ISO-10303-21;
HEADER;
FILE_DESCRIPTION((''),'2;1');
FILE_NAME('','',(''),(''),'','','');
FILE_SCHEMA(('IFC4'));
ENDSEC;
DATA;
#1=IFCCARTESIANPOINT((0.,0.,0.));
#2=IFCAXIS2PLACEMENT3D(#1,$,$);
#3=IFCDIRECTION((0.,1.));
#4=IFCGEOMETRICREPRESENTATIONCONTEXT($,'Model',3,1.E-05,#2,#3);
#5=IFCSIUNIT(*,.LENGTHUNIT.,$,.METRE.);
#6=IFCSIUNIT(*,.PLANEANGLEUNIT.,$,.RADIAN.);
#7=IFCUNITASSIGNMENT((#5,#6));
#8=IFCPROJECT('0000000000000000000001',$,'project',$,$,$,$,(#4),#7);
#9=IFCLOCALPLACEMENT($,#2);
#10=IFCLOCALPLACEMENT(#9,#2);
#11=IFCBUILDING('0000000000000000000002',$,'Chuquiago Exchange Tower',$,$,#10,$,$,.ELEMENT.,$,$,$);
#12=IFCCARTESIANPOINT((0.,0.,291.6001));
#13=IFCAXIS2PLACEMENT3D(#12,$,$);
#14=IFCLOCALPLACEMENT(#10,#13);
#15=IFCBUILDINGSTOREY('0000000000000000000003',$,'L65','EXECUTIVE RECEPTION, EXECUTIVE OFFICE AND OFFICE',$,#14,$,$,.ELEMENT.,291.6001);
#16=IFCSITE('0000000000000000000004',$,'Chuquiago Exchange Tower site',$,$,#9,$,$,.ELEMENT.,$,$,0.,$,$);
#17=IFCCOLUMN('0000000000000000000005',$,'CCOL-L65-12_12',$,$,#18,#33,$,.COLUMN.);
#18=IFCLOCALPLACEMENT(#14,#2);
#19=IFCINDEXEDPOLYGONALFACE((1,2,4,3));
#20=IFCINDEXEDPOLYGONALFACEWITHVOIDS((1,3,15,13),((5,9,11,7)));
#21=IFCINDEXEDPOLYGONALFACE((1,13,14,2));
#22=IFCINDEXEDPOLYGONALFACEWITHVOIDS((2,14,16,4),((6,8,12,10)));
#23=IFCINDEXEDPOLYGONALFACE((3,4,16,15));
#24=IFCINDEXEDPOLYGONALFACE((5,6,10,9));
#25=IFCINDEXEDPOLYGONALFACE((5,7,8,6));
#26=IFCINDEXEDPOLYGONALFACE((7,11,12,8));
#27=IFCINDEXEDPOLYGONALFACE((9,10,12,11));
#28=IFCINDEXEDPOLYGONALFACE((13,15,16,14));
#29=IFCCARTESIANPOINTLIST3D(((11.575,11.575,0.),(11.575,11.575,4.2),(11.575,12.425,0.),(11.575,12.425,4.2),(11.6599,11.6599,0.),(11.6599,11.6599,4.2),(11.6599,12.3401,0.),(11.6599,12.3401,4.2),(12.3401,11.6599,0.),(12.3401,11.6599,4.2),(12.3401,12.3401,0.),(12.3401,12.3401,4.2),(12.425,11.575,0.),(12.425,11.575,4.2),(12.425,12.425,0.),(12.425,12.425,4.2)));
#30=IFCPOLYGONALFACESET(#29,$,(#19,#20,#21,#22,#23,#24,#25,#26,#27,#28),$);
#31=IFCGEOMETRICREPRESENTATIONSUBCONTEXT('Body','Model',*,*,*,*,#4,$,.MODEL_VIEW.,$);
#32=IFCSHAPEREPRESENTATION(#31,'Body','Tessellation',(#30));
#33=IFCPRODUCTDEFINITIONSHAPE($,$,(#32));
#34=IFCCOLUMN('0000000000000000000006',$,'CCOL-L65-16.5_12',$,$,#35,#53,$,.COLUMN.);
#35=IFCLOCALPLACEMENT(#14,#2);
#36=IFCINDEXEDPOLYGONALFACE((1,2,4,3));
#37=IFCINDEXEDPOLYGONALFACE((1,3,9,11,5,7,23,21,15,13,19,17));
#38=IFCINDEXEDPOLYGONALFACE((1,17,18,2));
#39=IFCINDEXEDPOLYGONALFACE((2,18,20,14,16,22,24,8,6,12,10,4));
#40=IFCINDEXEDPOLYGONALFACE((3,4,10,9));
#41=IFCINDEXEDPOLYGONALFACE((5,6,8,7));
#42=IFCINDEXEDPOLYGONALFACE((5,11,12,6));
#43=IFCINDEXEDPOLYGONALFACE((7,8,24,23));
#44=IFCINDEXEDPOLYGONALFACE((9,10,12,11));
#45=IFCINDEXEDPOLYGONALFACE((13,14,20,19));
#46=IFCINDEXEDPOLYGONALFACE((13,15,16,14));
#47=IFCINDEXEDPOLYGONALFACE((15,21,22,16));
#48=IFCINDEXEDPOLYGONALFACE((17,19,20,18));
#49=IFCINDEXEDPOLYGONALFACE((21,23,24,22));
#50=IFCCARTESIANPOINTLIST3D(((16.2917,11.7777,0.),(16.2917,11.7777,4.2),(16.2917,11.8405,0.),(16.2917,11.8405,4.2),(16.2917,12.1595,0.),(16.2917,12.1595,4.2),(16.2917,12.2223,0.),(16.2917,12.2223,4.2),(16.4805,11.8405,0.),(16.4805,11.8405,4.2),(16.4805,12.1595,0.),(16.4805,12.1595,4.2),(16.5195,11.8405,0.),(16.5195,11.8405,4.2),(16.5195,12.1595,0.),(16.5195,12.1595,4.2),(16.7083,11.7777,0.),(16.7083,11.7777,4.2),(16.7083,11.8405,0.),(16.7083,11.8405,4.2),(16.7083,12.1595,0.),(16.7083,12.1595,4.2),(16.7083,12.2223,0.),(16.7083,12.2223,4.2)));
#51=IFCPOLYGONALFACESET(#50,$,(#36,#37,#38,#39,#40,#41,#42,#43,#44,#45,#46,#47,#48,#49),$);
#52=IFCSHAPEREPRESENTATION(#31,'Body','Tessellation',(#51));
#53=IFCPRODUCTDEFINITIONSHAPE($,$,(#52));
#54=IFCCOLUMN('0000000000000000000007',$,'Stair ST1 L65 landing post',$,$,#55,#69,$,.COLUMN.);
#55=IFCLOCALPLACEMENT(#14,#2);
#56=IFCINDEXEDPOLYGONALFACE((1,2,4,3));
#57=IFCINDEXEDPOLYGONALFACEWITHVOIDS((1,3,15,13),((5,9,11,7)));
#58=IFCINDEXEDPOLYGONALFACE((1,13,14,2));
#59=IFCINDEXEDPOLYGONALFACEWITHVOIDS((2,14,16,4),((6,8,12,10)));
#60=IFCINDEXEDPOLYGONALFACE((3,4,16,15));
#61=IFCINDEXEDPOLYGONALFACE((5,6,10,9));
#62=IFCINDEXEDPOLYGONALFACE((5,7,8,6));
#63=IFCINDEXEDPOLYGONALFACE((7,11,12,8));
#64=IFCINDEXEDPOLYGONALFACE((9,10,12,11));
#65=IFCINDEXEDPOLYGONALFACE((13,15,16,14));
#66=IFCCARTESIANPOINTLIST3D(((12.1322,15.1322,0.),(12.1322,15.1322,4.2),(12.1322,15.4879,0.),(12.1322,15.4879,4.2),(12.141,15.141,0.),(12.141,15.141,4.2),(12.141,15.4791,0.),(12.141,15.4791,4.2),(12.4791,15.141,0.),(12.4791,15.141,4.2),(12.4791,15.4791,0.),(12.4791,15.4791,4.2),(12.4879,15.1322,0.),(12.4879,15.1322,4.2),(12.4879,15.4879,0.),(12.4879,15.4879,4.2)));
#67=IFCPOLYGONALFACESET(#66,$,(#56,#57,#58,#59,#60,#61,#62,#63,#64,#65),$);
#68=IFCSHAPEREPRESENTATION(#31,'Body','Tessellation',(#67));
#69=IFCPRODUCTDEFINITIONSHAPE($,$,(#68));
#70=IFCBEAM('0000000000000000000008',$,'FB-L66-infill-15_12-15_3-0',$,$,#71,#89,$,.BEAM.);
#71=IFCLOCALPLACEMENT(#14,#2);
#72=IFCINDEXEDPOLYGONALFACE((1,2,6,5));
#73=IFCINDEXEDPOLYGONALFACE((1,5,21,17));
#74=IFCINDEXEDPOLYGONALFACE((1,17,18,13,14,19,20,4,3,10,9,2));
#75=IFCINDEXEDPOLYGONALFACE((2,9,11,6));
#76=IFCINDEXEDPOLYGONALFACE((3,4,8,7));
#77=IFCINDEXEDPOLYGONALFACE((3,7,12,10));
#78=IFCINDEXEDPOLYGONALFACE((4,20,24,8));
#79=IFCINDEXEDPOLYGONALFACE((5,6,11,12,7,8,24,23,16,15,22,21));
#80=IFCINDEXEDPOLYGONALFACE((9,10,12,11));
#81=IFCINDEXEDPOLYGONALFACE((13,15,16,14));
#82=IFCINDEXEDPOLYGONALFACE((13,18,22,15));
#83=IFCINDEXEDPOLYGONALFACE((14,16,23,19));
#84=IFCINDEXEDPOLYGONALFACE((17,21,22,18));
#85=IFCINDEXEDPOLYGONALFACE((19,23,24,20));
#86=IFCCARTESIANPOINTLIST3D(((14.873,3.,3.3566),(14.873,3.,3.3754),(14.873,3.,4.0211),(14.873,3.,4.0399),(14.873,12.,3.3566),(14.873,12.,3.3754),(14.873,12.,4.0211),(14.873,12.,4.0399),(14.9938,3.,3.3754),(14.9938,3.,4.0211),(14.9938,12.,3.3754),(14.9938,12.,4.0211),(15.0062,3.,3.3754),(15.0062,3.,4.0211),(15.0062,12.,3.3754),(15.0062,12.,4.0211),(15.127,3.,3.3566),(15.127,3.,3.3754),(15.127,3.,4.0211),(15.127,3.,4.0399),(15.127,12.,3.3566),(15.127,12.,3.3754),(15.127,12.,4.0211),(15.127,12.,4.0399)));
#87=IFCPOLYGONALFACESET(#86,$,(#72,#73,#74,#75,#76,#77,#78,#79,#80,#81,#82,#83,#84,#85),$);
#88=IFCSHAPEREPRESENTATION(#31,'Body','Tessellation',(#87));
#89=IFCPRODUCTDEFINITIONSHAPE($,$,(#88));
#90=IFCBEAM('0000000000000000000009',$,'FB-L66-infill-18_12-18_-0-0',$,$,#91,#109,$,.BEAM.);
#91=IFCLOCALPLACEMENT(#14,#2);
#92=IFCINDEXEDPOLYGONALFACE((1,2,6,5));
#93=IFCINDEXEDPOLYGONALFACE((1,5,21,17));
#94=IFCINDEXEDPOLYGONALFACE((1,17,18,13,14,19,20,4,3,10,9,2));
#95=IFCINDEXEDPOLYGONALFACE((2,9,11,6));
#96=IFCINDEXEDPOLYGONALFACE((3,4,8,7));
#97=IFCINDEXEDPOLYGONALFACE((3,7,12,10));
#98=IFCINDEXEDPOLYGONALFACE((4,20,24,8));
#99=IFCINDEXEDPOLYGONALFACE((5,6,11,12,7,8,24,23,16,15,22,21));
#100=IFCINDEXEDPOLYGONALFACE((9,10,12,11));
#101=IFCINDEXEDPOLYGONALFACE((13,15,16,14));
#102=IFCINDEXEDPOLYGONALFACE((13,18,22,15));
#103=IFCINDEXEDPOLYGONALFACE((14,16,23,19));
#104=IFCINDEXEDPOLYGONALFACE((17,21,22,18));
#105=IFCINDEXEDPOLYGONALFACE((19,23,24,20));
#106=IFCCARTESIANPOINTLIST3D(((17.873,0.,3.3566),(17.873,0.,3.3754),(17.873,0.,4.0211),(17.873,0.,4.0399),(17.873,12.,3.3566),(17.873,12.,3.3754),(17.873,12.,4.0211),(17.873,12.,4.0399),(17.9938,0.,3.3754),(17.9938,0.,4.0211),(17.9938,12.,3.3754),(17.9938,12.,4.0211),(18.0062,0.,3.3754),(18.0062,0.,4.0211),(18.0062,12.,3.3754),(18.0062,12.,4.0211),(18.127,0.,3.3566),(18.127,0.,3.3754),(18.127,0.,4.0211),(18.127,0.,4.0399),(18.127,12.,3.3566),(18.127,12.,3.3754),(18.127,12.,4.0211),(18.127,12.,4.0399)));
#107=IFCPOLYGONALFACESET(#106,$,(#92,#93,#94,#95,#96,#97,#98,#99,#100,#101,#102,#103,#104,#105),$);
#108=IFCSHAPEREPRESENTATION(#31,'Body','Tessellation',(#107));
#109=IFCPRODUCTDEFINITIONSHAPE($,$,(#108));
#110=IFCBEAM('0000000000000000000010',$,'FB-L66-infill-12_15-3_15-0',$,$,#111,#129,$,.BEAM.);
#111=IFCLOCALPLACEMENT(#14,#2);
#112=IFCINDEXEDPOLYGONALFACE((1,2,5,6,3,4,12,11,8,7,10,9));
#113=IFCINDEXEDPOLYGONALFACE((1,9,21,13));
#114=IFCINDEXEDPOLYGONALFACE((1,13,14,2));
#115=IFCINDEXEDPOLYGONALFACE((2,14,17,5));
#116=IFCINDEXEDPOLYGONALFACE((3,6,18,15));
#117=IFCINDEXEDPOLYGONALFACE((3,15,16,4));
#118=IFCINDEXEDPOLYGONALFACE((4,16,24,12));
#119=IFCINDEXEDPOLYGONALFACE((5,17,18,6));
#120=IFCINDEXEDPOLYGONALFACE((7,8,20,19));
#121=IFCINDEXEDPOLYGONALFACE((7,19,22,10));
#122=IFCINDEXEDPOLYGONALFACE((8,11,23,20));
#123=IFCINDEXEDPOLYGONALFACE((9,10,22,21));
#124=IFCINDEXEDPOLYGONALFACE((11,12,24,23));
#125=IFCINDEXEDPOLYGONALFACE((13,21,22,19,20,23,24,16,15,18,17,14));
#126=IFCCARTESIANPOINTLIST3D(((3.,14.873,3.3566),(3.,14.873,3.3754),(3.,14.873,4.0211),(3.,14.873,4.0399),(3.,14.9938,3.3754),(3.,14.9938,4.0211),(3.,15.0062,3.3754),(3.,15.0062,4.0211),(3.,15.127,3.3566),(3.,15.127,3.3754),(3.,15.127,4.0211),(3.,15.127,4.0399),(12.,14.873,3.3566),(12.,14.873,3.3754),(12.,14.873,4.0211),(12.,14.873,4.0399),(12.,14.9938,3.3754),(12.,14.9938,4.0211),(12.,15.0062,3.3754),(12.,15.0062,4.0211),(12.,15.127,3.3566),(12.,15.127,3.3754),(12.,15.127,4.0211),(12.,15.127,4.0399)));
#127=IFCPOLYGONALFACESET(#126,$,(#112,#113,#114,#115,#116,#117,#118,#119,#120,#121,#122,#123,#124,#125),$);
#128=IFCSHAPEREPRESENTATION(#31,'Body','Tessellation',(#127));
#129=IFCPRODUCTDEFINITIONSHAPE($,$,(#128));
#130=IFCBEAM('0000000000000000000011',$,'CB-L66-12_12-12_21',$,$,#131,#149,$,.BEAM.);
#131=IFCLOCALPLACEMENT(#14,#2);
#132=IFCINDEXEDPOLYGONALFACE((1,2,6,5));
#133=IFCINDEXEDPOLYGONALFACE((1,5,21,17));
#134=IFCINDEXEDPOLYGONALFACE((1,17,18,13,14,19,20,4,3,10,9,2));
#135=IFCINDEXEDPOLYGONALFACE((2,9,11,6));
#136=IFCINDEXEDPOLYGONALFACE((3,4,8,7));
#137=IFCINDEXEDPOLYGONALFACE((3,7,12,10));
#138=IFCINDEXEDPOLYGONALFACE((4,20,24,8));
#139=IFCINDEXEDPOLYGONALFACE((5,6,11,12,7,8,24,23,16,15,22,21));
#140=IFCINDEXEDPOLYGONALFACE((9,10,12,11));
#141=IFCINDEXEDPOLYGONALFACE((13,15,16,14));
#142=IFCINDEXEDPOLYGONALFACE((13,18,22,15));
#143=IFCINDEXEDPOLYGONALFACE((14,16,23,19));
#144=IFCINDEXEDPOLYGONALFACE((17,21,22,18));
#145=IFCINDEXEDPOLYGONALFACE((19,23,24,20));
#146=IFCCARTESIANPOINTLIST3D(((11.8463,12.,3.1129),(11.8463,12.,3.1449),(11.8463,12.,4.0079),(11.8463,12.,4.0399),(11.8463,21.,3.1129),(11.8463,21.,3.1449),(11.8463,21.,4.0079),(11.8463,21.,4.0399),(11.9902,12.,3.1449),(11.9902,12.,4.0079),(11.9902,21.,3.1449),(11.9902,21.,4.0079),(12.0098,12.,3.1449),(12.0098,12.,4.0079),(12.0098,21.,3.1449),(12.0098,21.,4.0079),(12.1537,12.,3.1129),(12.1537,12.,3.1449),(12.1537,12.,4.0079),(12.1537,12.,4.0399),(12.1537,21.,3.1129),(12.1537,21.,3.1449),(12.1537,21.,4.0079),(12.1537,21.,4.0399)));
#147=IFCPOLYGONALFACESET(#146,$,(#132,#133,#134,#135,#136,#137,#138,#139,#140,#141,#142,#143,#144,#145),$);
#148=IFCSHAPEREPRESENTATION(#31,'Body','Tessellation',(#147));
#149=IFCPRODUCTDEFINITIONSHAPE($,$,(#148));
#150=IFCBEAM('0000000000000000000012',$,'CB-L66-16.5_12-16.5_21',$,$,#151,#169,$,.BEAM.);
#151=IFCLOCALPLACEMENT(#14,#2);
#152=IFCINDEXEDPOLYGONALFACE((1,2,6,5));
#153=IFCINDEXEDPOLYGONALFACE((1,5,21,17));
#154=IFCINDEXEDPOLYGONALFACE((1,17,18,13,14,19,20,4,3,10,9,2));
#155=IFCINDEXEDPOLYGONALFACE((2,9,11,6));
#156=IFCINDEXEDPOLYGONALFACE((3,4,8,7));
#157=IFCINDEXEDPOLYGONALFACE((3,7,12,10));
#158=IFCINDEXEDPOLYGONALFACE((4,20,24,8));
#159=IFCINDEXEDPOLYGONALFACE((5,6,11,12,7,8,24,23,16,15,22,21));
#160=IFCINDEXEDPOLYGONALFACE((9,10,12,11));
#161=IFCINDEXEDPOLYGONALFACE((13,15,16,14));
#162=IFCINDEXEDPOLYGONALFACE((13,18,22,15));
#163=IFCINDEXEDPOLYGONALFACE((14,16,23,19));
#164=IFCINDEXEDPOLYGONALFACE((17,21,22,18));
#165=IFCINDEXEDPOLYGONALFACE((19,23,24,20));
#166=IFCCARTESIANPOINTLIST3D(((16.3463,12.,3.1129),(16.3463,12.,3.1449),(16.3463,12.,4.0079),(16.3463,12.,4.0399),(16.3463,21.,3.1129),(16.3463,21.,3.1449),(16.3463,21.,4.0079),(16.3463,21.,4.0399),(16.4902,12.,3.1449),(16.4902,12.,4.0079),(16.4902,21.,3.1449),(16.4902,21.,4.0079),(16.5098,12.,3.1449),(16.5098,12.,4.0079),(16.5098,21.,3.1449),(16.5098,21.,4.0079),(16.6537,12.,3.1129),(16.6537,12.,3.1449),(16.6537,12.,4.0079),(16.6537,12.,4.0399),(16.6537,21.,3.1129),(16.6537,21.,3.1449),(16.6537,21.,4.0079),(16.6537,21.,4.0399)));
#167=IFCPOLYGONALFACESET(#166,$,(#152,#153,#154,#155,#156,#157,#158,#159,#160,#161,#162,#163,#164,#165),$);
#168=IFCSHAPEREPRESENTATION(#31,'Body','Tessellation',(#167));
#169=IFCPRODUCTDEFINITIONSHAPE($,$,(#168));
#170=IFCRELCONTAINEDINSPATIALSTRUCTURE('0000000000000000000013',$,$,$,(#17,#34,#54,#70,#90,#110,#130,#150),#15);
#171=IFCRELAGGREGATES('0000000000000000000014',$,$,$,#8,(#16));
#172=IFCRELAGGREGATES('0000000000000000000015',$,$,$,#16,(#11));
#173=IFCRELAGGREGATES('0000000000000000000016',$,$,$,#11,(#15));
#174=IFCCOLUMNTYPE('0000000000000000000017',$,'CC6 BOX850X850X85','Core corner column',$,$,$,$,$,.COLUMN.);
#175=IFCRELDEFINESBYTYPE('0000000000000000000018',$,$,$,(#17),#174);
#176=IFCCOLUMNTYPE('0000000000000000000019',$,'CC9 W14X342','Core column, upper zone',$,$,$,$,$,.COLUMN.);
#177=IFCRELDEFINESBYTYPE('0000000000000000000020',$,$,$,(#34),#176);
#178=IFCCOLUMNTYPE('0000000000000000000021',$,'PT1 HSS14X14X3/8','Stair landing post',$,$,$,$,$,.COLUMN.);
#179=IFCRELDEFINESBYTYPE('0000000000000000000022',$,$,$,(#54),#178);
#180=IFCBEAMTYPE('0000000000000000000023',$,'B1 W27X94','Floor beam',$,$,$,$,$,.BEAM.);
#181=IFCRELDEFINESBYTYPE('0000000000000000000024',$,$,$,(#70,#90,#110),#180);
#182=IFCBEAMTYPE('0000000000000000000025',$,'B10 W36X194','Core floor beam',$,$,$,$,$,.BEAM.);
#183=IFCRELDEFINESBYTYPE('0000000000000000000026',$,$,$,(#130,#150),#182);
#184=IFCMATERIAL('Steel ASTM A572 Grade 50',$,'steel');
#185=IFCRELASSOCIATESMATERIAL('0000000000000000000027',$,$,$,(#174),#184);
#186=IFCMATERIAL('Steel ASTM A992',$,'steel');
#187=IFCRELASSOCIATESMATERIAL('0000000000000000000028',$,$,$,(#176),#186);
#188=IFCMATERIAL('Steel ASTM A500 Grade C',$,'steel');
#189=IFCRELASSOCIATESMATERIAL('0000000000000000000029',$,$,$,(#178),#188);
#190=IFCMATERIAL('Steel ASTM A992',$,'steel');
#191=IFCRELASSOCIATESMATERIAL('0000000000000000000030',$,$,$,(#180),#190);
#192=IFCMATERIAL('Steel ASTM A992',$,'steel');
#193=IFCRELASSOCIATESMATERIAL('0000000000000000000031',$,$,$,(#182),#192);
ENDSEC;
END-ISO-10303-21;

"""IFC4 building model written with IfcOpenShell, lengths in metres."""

from ifc_helpers import new_model, si_unit, direction, frame, origin, origin_2d, place, context, subcontext, project, spatial, hollow_rectangle, i_section, extrude, material, material_profile, profile_set, type_object, element, save


model = new_model("IFC4")

# Units and contexts
model_context = context("Model", 3, precision=1e-05, world=origin(), true_north=direction((0.0, 1.0)))
body_context = subcontext(model_context, "Body", "Model", "MODEL_VIEW")
ifc_project = project(units=[si_unit("LENGTHUNIT", "METRE"), si_unit("PLANEANGLEUNIT", "RADIAN")], contexts=[model_context])

# Site, building, storey
site_placement = place(None, origin())
site = spatial("IfcSite", under=ifc_project, at=site_placement, Name="Chuquiago Exchange Tower site", CompositionType="ELEMENT", RefElevation=0.0)
building_placement = place(site_placement, origin())
building = spatial("IfcBuilding", under=site, at=building_placement, Name="Chuquiago Exchange Tower", CompositionType="ELEMENT")
storey_placement = place(building_placement, frame((0.0, 0.0, 291.6001)))
storey = spatial("IfcBuildingStorey", under=building, at=storey_placement, Name="L65", Description="EXECUTIVE RECEPTION, EXECUTIVE OFFICE AND OFFICE", CompositionType="ELEMENT", Elevation=291.6001)

# Columns
ifc_material_1 = material(Name="Steel ASTM A572 Grade 50", Category="steel")
ifc_material_profile_1 = material_profile(ifc_material_1, hollow_rectangle(XDim=0.8501, YDim=0.8501, WallThickness=0.085, at=origin_2d()), Name="BOX850X850X85")
ifc_profile_set_1 = profile_set([ifc_material_profile_1], Name="Steel ASTM A572 Grade 50")
column_type_1 = type_object("IfcColumnType", Name="CC6 BOX850X850X85", Description="Core corner column", PredefinedType="COLUMN", material=ifc_profile_set_1)
column_1_placement = place(storey_placement, frame((12.0, 12.0, 0.0), z_axis=(0.0, 0.0, 1.0), x_axis=(1.0, 0.0, 0.0)))
element("IfcColumn", 1, at=column_1_placement, inside=storey, type_object=column_type_1, Name="CCOL-L65-12_12", PredefinedType="COLUMN", context=body_context, shape_type="SweptSolid", body=[
    extrude(hollow_rectangle(XDim=0.8501, YDim=0.8501, WallThickness=0.085, at=origin_2d()), origin(), (0.0, 0.0, 1.0), 4.2),
])
ifc_material_2 = material(Name="Steel ASTM A992", Category="steel")
ifc_material_profile_2 = material_profile(ifc_material_2, i_section(OverallWidth=0.4165, OverallDepth=0.4446, WebThickness=0.0391, FlangeThickness=0.0627, at=origin_2d()), Name="W14X342")
ifc_profile_set_2 = profile_set([ifc_material_profile_2], Name="Steel ASTM A992")
column_type_2 = type_object("IfcColumnType", Name="CC9 W14X342", Description="Core column, upper zone", PredefinedType="COLUMN", material=ifc_profile_set_2)
column_2_placement = place(storey_placement, frame((16.5, 12.0, 0.0), z_axis=(0.0, 0.0, 1.0), x_axis=(1.0, 0.0, 0.0)))
element("IfcColumn", 2, at=column_2_placement, inside=storey, type_object=column_type_2, Name="CCOL-L65-16.5_12", PredefinedType="COLUMN", context=body_context, shape_type="SweptSolid", body=[
    extrude(i_section(OverallWidth=0.4165, OverallDepth=0.4446, WebThickness=0.0391, FlangeThickness=0.0627, at=origin_2d()), origin(), (0.0, 0.0, 1.0), 4.2),
])
ifc_material_3 = material(Name="Steel ASTM A500 Grade C", Category="steel")
ifc_material_profile_3 = material_profile(ifc_material_3, hollow_rectangle(XDim=0.3557, YDim=0.3557, WallThickness=0.0088, at=origin_2d()), Name="HSS14X14X3/8")
ifc_profile_set_3 = profile_set([ifc_material_profile_3], Name="Steel ASTM A500 Grade C")
column_type_3 = type_object("IfcColumnType", Name="PT1 HSS14X14X3/8", Description="Stair landing post", PredefinedType="COLUMN", material=ifc_profile_set_3)
column_3_placement = place(storey_placement, frame((12.3101, 15.3101, 0.0), z_axis=(0.0, 0.0, 1.0), x_axis=(1.0, 0.0, 0.0)))
element("IfcColumn", 3, at=column_3_placement, inside=storey, type_object=column_type_3, Name="Stair ST1 L65 landing post", PredefinedType="COLUMN", context=body_context, shape_type="SweptSolid", body=[
    extrude(hollow_rectangle(XDim=0.3557, YDim=0.3557, WallThickness=0.0088, at=origin_2d()), origin(), (0.0, 0.0, 1.0), 4.2),
])

# Beams
ifc_material_4 = material(Name="Steel ASTM A992", Category="steel")
ifc_material_profile_4 = material_profile(ifc_material_4, i_section(OverallWidth=0.2539, OverallDepth=0.6833, WebThickness=0.0125, FlangeThickness=0.0188, at=origin_2d()), Name="W27X94")
ifc_profile_set_4 = profile_set([ifc_material_profile_4], Name="Steel ASTM A992")
beam_type_1 = type_object("IfcBeamType", Name="B1 W27X94", Description="Floor beam", PredefinedType="BEAM", material=ifc_profile_set_4)
beam_1_placement = place(storey_placement, frame((15.0, 12.0, 3.6982), z_axis=(0.0, -1.0, 0.0), x_axis=(1.0, 0.0, 0.0)))
element("IfcBeam", 4, at=beam_1_placement, inside=storey, type_object=beam_type_1, Name="FB-L66-infill-15_12-15_3-0", PredefinedType="BEAM", context=body_context, shape_type="SweptSolid", body=[
    extrude(i_section(OverallWidth=0.2539, OverallDepth=0.6833, WebThickness=0.0125, FlangeThickness=0.0188, at=origin_2d()), origin(), (0.0, 0.0, 1.0), 9.0),
])
beam_2_placement = place(storey_placement, frame((18.0, 12.0, 3.6982), z_axis=(0.0, -1.0, 0.0), x_axis=(1.0, 0.0, 0.0)))
element("IfcBeam", 5, at=beam_2_placement, inside=storey, type_object=beam_type_1, Name="FB-L66-infill-18_12-18_-0-0", PredefinedType="BEAM", context=body_context, shape_type="SweptSolid", body=[
    extrude(i_section(OverallWidth=0.2539, OverallDepth=0.6833, WebThickness=0.0125, FlangeThickness=0.0188, at=origin_2d()), origin(), (0.0, 0.0, 1.0), 12.0),
])
beam_3_placement = place(storey_placement, frame((12.0, 15.0, 3.6982), z_axis=(-1.0, 0.0, 0.0), x_axis=(0.0, -1.0, 0.0)))
element("IfcBeam", 6, at=beam_3_placement, inside=storey, type_object=beam_type_1, Name="FB-L66-infill-12_15-3_15-0", PredefinedType="BEAM", context=body_context, shape_type="SweptSolid", body=[
    extrude(i_section(OverallWidth=0.2539, OverallDepth=0.6833, WebThickness=0.0125, FlangeThickness=0.0188, at=origin_2d()), origin(), (0.0, 0.0, 1.0), 9.0),
])
ifc_material_5 = material(Name="Steel ASTM A992", Category="steel")
ifc_material_profile_5 = material_profile(ifc_material_5, i_section(OverallWidth=0.3074, OverallDepth=0.927, WebThickness=0.0195, FlangeThickness=0.032, at=origin_2d()), Name="W36X194")
ifc_profile_set_5 = profile_set([ifc_material_profile_5], Name="Steel ASTM A992")
beam_type_2 = type_object("IfcBeamType", Name="B10 W36X194", Description="Core floor beam", PredefinedType="BEAM", material=ifc_profile_set_5)
for number, where, z_axis, x_axis, name in (
    (7, (12.0, 12.0, 3.5764), (0.0, 1.0, 0.0), (-1.0, 0.0, 0.0), "CB-L66-12_12-12_21"),
    (8, (16.5, 12.0, 3.5764), (0.0, 1.0, 0.0), (-1.0, 0.0, 0.0), "CB-L66-16.5_12-16.5_21"),
):
    element("IfcBeam", number, at=place(storey_placement, frame(where, z_axis=z_axis, x_axis=x_axis)), inside=storey, type_object=beam_type_2, Name=name, PredefinedType="BEAM", context=body_context, shape_type="SweptSolid", body=[
        extrude(i_section(OverallWidth=0.3074, OverallDepth=0.927, WebThickness=0.0195, FlangeThickness=0.032, at=origin_2d()), origin(), (0.0, 0.0, 1.0), 9.0),
    ])

save(model, "model.ifc")
